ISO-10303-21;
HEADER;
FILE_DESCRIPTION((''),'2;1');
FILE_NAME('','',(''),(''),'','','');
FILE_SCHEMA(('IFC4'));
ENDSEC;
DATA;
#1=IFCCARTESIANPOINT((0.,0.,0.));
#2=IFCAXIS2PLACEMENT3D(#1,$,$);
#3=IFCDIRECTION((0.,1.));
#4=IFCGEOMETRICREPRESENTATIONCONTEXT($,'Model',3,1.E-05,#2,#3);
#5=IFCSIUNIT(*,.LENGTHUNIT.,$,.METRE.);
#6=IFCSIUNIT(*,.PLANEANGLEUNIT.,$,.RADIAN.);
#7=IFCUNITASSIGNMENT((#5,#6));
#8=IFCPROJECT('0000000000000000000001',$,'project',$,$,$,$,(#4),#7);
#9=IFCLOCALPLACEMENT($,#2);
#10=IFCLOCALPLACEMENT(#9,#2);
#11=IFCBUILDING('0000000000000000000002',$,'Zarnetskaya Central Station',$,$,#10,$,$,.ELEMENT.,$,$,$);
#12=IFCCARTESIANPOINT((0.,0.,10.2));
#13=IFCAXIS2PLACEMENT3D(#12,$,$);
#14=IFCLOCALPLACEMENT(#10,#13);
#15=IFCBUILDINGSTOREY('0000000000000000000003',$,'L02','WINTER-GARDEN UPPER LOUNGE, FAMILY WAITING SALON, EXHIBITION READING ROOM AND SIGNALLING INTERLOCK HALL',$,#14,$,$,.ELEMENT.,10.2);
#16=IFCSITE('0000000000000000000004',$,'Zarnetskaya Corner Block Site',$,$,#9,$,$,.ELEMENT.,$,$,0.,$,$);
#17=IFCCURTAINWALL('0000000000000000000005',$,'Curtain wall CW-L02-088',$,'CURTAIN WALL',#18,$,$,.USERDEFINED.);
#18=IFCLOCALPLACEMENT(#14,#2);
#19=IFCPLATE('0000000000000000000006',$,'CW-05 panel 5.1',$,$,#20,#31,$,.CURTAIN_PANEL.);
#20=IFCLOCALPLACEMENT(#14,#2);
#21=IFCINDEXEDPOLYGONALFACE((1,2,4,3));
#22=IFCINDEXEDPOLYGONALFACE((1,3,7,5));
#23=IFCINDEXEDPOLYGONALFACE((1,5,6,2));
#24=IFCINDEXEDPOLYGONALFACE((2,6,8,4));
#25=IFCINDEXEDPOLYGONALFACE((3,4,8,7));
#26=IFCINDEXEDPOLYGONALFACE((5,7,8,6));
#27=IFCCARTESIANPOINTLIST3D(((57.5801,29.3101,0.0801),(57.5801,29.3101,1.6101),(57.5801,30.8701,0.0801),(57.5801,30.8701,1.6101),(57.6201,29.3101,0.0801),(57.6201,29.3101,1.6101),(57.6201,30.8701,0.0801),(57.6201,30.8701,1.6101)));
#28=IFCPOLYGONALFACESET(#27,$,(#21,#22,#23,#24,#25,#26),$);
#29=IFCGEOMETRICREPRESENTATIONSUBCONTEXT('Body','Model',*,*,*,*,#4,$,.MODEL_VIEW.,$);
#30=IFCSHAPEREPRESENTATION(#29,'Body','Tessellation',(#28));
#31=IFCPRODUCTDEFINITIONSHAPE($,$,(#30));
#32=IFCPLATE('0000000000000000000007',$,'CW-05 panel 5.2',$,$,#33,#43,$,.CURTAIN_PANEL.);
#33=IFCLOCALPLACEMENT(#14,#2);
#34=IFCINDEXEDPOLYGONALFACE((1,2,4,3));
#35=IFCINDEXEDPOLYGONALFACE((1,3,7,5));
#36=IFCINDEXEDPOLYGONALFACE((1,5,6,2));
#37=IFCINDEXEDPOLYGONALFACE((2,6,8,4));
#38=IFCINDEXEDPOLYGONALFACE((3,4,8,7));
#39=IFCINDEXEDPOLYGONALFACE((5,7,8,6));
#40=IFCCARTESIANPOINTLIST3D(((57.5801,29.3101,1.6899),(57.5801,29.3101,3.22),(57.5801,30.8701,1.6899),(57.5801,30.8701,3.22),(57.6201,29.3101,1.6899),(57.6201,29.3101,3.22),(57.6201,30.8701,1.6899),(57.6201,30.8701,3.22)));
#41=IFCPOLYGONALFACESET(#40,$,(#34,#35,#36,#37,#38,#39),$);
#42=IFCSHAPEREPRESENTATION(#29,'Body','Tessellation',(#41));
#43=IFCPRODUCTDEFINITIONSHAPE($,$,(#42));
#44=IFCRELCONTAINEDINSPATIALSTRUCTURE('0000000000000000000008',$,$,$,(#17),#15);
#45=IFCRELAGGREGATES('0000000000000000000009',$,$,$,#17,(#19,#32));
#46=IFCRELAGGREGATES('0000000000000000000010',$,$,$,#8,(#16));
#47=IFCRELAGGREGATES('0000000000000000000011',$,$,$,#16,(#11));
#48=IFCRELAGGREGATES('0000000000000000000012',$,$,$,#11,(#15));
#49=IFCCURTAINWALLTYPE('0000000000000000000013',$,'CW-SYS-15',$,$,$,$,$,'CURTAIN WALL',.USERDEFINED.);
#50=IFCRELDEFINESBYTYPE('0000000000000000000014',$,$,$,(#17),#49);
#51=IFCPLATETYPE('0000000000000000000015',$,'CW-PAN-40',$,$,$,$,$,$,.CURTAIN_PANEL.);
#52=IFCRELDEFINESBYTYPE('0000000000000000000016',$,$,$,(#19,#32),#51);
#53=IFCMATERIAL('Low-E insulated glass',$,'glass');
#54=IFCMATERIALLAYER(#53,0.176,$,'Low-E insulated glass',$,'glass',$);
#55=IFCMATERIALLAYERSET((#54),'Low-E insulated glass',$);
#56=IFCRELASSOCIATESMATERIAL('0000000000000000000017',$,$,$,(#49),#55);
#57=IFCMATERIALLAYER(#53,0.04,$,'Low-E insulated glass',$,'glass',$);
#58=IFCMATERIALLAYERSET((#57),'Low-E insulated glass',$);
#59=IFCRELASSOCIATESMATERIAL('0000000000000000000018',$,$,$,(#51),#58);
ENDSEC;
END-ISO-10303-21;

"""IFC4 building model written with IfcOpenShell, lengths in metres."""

from ifc_helpers import new_model, si_unit, direction, frame, origin, origin_2d, place, context, subcontext, project, spatial, rectangle, extrude, material, layer, layer_set, type_object, element, aggregate, save


model = new_model("IFC4")

# Units and contexts
model_context = context("Model", 3, precision=1e-05, world=origin(), true_north=direction((0.0, 1.0)))
body_context = subcontext(model_context, "Body", "Model", "MODEL_VIEW")
ifc_project = project(units=[si_unit("LENGTHUNIT", "METRE"), si_unit("PLANEANGLEUNIT", "RADIAN")], contexts=[model_context])

# Site, building, storey
site_placement = place(None, origin())
site = spatial("IfcSite", under=ifc_project, at=site_placement, Name="Zarnetskaya Corner Block Site", CompositionType="ELEMENT", RefElevation=0.0)
building_placement = place(site_placement, origin())
building = spatial("IfcBuilding", under=site, at=building_placement, Name="Zarnetskaya Central Station", CompositionType="ELEMENT")
storey_placement = place(building_placement, frame((0.0, 0.0, 10.2)))
storey = spatial("IfcBuildingStorey", under=building, at=storey_placement, Name="L02", Description="WINTER-GARDEN UPPER LOUNGE, FAMILY WAITING SALON, EXHIBITION READING ROOM AND SIGNALLING INTERLOCK HALL", CompositionType="ELEMENT", Elevation=10.2)

# Curtain wall
ifc_material_1 = material(Name="Low-E insulated glass", Category="glass")
ifc_layer_1 = layer(ifc_material_1, 0.176, Name="Low-E insulated glass", Category="glass")
ifc_layer_set_1 = layer_set([ifc_layer_1], Name="Low-E insulated glass")
curtain_wall_type = type_object("IfcCurtainWallType", Name="CW-SYS-15", ElementType="CURTAIN WALL", PredefinedType="USERDEFINED", material=ifc_layer_set_1)
curtain_wall_1_placement = place(storey_placement, origin())
curtain_wall_1 = element("IfcCurtainWall", 1, at=curtain_wall_1_placement, inside=storey, type_object=curtain_wall_type, Name="Curtain wall CW-L02-088", ObjectType="CURTAIN WALL", PredefinedType="USERDEFINED")

# Plates
ifc_layer_2 = layer(ifc_material_1, 0.04, Name="Low-E insulated glass", Category="glass")
ifc_layer_set_2 = layer_set([ifc_layer_2], Name="Low-E insulated glass")
plate_type_1 = type_object("IfcPlateType", Name="CW-PAN-40", PredefinedType="CURTAIN_PANEL", material=ifc_layer_set_2)
plate_1_placement = place(storey_placement, frame((57.6001, 30.0901, 0.0801), z_axis=(0.0, 0.0, 1.0), x_axis=(0.0, 1.0, 0.0)))
plate_1 = element("IfcPlate", 2, at=plate_1_placement, type_object=plate_type_1, Name="CW-05 panel 5.1", PredefinedType="CURTAIN_PANEL", context=body_context, shape_type="SweptSolid", body=[
    extrude(rectangle(XDim=1.5601, YDim=0.04, at=origin_2d()), origin(), (0.0, 0.0, 1.0), 1.53),
])
plate_2_placement = place(storey_placement, frame((57.6001, 30.0901, 1.6899), z_axis=(0.0, 0.0, 1.0), x_axis=(0.0, 1.0, 0.0)))
plate_2 = element("IfcPlate", 3, at=plate_2_placement, type_object=plate_type_1, Name="CW-05 panel 5.2", PredefinedType="CURTAIN_PANEL", context=body_context, shape_type="SweptSolid", body=[
    extrude(rectangle(XDim=1.5601, YDim=0.04, at=origin_2d()), origin(), (0.0, 0.0, 1.0), 1.53),
])
aggregate(curtain_wall_1, [plate_1, plate_2])

save(model, "model.ifc")
